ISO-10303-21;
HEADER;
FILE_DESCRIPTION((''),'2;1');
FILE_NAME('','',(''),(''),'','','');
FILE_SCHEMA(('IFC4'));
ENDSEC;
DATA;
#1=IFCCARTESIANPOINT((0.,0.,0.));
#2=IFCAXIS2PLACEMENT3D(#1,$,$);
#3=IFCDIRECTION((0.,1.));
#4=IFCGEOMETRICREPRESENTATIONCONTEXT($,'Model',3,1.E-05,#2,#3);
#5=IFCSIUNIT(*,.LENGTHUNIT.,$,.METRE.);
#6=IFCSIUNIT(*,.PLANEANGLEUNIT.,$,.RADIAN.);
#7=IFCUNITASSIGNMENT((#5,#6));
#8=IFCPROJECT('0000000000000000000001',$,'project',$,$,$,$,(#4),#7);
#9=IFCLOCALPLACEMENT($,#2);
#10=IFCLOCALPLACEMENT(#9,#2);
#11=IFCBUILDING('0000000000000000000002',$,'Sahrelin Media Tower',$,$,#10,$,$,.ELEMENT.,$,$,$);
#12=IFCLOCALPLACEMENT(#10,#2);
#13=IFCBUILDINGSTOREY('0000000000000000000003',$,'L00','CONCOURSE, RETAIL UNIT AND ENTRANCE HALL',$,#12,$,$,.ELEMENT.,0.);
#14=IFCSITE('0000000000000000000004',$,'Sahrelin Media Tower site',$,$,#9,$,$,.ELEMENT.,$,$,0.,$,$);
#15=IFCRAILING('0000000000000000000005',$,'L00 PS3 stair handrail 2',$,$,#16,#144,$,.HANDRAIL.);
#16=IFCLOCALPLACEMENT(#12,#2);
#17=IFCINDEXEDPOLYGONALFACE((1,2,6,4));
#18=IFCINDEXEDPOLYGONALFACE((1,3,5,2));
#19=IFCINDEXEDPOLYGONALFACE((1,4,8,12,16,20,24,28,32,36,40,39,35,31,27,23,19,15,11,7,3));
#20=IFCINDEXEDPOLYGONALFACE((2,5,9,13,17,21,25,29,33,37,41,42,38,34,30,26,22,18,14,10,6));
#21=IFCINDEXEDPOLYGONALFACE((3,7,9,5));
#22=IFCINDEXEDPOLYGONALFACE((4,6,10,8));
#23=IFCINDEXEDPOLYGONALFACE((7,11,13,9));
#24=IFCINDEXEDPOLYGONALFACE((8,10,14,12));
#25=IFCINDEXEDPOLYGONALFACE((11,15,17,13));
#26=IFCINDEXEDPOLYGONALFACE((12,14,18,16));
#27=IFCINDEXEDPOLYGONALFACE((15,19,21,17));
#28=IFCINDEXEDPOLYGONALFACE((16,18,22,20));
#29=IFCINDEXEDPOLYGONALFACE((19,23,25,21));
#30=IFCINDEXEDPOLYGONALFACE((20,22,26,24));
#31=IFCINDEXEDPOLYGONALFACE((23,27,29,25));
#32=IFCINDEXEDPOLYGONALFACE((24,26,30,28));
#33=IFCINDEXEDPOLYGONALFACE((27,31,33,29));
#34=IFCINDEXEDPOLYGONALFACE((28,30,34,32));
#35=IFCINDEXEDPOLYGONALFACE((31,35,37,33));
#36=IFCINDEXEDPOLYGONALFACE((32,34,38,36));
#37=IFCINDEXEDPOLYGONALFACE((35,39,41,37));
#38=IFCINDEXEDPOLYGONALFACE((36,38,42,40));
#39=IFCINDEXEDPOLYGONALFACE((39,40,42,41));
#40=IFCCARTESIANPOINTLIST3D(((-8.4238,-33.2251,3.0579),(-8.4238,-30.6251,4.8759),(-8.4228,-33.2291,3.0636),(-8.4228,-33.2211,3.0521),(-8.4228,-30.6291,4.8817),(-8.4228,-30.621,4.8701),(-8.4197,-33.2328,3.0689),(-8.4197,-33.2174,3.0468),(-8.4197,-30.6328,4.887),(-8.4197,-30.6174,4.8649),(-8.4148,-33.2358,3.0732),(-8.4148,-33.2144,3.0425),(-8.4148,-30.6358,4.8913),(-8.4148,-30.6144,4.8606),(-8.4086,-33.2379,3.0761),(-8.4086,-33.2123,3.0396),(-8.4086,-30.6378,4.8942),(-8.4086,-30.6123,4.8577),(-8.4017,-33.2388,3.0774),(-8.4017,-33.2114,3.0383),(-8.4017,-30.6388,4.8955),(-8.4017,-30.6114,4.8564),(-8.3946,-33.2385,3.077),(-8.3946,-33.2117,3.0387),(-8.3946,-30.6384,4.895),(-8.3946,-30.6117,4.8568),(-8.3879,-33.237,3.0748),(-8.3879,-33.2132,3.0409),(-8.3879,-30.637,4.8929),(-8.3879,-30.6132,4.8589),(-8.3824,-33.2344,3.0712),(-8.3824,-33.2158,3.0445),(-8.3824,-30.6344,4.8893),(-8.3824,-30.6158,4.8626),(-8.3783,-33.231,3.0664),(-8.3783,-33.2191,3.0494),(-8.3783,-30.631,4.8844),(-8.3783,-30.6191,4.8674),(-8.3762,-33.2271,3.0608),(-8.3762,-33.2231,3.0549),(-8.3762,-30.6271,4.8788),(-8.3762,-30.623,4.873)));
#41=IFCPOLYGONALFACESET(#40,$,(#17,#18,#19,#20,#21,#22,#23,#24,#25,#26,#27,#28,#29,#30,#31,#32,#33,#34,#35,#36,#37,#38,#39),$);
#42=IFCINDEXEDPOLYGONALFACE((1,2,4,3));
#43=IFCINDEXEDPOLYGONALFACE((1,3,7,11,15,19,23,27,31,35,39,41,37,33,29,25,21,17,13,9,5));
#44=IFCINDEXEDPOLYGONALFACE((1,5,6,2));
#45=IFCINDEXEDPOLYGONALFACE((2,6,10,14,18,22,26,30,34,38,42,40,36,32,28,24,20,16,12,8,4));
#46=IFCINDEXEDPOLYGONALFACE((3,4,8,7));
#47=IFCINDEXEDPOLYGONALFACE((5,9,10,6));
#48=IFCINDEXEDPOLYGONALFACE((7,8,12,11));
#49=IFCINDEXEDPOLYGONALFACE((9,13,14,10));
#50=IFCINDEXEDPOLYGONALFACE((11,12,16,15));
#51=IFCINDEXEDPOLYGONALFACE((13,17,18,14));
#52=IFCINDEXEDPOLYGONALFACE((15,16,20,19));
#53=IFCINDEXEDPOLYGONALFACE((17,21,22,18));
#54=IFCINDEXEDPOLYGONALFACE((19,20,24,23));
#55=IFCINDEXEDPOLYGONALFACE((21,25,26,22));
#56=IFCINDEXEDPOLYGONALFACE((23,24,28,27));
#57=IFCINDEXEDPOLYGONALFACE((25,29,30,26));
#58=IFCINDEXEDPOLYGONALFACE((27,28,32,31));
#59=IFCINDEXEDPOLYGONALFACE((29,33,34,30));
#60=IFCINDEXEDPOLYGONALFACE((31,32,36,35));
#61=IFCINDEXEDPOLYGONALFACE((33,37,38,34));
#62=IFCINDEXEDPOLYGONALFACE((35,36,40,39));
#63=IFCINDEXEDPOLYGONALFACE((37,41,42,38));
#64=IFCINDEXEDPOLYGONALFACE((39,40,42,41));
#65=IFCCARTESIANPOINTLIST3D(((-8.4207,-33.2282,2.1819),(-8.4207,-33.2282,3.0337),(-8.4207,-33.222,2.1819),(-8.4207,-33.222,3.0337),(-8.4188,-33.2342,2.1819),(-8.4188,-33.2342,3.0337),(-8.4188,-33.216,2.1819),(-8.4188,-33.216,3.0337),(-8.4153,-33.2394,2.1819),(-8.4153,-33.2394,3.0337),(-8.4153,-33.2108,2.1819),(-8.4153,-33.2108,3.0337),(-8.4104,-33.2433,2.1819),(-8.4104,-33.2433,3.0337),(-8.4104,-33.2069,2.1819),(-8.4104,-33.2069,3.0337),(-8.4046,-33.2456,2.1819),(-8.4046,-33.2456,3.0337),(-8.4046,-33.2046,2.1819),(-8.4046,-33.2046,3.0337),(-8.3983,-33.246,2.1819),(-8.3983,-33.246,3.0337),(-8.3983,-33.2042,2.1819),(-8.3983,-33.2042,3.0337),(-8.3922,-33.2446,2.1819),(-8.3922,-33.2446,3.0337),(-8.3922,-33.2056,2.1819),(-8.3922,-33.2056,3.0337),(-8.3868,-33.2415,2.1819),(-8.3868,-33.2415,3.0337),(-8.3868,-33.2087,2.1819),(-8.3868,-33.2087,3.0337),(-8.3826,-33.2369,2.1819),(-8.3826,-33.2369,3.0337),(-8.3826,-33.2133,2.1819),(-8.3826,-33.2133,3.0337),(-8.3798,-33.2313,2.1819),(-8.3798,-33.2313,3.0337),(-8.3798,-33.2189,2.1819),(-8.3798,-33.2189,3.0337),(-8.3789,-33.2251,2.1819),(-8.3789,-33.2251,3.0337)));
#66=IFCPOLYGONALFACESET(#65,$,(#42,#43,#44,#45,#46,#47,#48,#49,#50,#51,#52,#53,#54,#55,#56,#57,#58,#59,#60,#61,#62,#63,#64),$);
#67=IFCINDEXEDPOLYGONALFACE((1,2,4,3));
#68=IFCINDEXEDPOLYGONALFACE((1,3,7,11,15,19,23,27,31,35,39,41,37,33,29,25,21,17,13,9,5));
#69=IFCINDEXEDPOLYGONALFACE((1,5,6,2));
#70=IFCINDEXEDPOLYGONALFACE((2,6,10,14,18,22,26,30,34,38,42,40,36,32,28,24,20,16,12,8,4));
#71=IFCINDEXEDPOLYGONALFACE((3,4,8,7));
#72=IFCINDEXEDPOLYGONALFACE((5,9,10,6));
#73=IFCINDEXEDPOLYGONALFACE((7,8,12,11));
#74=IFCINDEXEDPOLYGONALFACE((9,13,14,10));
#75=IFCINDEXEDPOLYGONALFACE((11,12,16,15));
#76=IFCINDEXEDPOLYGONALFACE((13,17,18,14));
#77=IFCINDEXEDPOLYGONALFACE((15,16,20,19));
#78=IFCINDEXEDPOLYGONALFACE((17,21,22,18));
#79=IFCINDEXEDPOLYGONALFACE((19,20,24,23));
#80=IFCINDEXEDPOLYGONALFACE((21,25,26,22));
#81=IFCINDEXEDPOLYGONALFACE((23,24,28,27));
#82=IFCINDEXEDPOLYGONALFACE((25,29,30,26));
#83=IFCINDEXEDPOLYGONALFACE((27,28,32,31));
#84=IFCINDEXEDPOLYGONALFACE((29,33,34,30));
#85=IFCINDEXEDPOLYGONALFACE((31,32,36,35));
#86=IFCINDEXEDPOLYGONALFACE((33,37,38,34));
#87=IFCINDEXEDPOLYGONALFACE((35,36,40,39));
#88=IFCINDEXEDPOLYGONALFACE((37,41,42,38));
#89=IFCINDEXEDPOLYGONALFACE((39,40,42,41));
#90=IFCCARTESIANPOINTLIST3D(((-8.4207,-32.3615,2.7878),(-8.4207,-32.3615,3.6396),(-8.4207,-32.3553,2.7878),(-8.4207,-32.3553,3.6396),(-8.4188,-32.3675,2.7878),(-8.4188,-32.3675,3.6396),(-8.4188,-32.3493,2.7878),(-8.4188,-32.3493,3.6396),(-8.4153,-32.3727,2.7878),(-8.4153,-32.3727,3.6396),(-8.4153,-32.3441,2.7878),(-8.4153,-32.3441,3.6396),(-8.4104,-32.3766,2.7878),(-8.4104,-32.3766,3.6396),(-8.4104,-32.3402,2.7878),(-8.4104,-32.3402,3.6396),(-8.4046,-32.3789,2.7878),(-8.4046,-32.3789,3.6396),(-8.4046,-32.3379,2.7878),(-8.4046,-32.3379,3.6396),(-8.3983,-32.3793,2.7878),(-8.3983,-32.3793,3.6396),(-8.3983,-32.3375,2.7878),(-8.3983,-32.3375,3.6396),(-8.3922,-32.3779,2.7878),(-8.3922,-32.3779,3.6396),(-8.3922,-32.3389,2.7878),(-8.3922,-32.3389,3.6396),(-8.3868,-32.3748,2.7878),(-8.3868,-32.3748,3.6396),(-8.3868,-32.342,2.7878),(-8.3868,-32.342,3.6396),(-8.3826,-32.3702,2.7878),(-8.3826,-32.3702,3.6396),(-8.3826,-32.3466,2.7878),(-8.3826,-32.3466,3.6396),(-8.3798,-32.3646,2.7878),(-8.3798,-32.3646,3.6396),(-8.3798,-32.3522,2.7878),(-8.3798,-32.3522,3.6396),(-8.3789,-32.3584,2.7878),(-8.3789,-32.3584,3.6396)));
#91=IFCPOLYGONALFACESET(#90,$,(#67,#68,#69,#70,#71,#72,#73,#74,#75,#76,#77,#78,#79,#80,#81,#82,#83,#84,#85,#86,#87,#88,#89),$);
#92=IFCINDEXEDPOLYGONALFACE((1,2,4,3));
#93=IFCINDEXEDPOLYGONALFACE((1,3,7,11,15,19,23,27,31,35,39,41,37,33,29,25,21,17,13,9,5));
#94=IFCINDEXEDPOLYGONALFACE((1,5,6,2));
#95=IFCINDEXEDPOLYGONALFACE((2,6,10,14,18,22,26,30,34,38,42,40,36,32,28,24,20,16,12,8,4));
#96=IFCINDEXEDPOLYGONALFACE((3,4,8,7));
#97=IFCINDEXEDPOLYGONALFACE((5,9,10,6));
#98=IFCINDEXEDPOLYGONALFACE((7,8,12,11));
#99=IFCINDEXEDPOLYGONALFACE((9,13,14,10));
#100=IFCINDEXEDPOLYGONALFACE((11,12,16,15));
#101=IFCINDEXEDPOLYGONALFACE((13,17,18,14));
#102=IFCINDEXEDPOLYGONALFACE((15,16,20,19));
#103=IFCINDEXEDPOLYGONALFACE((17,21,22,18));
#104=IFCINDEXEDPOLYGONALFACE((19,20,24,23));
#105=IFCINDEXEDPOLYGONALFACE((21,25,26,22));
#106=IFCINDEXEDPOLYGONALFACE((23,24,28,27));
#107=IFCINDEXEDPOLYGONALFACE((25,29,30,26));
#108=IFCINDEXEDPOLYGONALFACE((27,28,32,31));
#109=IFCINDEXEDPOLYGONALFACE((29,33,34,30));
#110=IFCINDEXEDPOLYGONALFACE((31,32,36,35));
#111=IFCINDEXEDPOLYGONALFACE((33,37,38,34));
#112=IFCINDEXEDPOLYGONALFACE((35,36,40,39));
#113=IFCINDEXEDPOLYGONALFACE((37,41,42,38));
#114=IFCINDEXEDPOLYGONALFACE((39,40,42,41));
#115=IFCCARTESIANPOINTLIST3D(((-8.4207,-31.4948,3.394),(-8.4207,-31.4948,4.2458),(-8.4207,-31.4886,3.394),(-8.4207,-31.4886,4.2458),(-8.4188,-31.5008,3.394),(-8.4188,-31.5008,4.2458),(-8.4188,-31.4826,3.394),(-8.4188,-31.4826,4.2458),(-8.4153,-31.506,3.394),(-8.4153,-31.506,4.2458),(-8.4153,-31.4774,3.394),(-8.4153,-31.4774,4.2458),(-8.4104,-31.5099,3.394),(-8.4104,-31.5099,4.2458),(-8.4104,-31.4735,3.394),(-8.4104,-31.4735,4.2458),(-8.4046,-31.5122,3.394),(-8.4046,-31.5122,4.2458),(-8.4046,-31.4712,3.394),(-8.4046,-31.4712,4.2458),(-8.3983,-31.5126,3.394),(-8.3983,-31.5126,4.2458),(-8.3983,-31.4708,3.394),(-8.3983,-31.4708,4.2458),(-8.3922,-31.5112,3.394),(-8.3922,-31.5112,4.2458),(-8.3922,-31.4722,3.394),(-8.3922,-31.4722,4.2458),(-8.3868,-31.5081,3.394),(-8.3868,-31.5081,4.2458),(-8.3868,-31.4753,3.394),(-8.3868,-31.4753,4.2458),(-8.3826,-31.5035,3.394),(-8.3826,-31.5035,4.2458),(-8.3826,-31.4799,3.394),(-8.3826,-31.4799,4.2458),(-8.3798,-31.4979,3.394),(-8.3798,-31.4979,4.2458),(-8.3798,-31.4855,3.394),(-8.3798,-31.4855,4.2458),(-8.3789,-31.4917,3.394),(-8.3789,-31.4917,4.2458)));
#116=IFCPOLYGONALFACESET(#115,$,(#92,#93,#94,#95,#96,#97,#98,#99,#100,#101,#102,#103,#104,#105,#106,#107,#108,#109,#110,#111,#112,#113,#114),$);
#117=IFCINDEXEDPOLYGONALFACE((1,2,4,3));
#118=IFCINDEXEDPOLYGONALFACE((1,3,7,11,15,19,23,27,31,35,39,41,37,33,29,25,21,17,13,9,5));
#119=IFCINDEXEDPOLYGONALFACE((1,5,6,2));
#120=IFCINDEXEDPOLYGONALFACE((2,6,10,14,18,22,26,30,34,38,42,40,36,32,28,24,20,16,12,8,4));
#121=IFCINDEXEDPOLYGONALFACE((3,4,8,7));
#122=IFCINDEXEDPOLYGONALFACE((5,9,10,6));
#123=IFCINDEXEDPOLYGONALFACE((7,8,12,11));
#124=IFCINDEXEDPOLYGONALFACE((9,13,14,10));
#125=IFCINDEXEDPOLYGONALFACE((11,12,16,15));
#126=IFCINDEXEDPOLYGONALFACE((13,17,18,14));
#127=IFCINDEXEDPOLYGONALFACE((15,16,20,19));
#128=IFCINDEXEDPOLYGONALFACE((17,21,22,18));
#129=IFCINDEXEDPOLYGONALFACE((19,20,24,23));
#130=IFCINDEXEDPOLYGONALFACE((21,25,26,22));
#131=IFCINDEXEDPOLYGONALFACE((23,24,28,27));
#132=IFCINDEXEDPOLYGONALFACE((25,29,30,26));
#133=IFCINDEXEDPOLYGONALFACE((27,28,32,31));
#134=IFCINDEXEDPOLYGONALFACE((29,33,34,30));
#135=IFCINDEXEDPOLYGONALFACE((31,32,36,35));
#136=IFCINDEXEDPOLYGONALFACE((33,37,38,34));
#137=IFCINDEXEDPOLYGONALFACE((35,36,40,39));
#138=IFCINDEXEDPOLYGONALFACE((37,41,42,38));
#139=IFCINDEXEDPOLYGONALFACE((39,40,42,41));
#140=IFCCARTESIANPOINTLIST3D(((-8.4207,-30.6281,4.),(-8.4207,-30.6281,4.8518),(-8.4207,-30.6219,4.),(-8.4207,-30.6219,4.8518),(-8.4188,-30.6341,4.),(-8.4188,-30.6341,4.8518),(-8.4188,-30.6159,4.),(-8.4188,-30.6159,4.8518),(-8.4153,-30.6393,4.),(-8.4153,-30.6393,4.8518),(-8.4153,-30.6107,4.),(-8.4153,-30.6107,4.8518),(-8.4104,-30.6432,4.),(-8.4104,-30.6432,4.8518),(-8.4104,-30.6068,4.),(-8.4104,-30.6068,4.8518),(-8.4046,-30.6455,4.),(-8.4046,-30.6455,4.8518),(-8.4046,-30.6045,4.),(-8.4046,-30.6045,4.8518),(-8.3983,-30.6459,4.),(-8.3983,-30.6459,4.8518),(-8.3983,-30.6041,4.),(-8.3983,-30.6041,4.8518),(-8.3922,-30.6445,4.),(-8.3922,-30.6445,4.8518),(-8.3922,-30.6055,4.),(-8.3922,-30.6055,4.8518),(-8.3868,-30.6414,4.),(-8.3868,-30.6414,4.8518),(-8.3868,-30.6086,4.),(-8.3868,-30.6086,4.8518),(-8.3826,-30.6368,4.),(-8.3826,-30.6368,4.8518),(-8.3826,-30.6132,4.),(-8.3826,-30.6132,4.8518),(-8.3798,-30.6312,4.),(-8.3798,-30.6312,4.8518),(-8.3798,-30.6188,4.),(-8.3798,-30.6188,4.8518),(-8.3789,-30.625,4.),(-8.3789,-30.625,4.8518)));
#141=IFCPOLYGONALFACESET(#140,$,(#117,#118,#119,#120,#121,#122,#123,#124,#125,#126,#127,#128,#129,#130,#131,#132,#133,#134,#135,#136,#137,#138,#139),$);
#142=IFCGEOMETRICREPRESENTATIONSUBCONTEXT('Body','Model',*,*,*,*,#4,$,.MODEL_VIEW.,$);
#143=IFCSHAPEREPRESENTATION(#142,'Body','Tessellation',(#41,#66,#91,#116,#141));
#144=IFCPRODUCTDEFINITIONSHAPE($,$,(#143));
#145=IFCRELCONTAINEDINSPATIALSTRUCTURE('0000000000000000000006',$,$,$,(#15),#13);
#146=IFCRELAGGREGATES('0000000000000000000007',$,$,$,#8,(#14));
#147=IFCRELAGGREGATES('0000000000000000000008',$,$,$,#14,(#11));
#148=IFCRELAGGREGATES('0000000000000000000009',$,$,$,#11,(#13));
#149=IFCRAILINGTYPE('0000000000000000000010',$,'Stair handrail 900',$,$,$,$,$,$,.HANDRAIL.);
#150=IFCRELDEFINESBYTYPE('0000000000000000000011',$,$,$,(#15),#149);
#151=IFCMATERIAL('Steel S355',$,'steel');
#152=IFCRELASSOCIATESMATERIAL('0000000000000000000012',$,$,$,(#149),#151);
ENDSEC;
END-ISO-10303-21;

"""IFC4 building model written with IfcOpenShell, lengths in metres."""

from ifc_helpers import new_model, si_unit, direction, frame, origin, origin_2d, place, context, subcontext, project, spatial, circle, extrude, material, type_object, element, save


model = new_model("IFC4")

# Units and contexts
model_context = context("Model", 3, precision=1e-05, world=origin(), true_north=direction((0.0, 1.0)))
body_context = subcontext(model_context, "Body", "Model", "MODEL_VIEW")
ifc_project = project(units=[si_unit("LENGTHUNIT", "METRE"), si_unit("PLANEANGLEUNIT", "RADIAN")], contexts=[model_context])

# Site, building, storey
site_placement = place(None, origin())
site = spatial("IfcSite", under=ifc_project, at=site_placement, Name="Sahrelin Media Tower site", CompositionType="ELEMENT", RefElevation=0.0)
building_placement = place(site_placement, origin())
building = spatial("IfcBuilding", under=site, at=building_placement, Name="Sahrelin Media Tower", CompositionType="ELEMENT")
storey_placement = place(building_placement, origin())
storey = spatial("IfcBuildingStorey", under=building, at=storey_placement, Name="L00", Description="CONCOURSE, RETAIL UNIT AND ENTRANCE HALL", CompositionType="ELEMENT", Elevation=0.0)

# Shared definitions
ifc_material_1 = material(Name="Steel S355", Category="steel")

# Railing
railing_type_1 = type_object("IfcRailingType", Name="Stair handrail 900", PredefinedType="HANDRAIL", material=ifc_material_1)
railing_1_placement = place(storey_placement, frame((-8.3999, -33.2251, 2.1819)))
element("IfcRailing", 1, at=railing_1_placement, inside=storey, type_object=railing_type_1, Name="L00 PS3 stair handrail 2", PredefinedType="HANDRAIL", context=body_context, shape_type="SweptSolid", body=[
    extrude(circle(Radius=0.0239, at=origin_2d()), frame((0.0, 0.0, 0.876), z_axis=(0.0, 0.819521, 0.573049), x_axis=(-1.0, 0.0, 0.0)), (0.0, 0.0, 1.0), 3.1726),
    extrude(circle(Radius=0.021, at=origin_2d()), origin(), (0.0, 0.0, 1.0), 0.8518),
    extrude(circle(Radius=0.021, at=origin_2d()), frame((0.0, 0.8667, 0.606)), (0.0, 0.0, 1.0), 0.8518),
    extrude(circle(Radius=0.021, at=origin_2d()), frame((0.0, 1.7334, 1.2122)), (0.0, 0.0, 1.0), 0.8518),
    extrude(circle(Radius=0.021, at=origin_2d()), frame((0.0, 2.6001, 1.8181)), (0.0, 0.0, 1.0), 0.8518),
])

save(model, "model.ifc")
